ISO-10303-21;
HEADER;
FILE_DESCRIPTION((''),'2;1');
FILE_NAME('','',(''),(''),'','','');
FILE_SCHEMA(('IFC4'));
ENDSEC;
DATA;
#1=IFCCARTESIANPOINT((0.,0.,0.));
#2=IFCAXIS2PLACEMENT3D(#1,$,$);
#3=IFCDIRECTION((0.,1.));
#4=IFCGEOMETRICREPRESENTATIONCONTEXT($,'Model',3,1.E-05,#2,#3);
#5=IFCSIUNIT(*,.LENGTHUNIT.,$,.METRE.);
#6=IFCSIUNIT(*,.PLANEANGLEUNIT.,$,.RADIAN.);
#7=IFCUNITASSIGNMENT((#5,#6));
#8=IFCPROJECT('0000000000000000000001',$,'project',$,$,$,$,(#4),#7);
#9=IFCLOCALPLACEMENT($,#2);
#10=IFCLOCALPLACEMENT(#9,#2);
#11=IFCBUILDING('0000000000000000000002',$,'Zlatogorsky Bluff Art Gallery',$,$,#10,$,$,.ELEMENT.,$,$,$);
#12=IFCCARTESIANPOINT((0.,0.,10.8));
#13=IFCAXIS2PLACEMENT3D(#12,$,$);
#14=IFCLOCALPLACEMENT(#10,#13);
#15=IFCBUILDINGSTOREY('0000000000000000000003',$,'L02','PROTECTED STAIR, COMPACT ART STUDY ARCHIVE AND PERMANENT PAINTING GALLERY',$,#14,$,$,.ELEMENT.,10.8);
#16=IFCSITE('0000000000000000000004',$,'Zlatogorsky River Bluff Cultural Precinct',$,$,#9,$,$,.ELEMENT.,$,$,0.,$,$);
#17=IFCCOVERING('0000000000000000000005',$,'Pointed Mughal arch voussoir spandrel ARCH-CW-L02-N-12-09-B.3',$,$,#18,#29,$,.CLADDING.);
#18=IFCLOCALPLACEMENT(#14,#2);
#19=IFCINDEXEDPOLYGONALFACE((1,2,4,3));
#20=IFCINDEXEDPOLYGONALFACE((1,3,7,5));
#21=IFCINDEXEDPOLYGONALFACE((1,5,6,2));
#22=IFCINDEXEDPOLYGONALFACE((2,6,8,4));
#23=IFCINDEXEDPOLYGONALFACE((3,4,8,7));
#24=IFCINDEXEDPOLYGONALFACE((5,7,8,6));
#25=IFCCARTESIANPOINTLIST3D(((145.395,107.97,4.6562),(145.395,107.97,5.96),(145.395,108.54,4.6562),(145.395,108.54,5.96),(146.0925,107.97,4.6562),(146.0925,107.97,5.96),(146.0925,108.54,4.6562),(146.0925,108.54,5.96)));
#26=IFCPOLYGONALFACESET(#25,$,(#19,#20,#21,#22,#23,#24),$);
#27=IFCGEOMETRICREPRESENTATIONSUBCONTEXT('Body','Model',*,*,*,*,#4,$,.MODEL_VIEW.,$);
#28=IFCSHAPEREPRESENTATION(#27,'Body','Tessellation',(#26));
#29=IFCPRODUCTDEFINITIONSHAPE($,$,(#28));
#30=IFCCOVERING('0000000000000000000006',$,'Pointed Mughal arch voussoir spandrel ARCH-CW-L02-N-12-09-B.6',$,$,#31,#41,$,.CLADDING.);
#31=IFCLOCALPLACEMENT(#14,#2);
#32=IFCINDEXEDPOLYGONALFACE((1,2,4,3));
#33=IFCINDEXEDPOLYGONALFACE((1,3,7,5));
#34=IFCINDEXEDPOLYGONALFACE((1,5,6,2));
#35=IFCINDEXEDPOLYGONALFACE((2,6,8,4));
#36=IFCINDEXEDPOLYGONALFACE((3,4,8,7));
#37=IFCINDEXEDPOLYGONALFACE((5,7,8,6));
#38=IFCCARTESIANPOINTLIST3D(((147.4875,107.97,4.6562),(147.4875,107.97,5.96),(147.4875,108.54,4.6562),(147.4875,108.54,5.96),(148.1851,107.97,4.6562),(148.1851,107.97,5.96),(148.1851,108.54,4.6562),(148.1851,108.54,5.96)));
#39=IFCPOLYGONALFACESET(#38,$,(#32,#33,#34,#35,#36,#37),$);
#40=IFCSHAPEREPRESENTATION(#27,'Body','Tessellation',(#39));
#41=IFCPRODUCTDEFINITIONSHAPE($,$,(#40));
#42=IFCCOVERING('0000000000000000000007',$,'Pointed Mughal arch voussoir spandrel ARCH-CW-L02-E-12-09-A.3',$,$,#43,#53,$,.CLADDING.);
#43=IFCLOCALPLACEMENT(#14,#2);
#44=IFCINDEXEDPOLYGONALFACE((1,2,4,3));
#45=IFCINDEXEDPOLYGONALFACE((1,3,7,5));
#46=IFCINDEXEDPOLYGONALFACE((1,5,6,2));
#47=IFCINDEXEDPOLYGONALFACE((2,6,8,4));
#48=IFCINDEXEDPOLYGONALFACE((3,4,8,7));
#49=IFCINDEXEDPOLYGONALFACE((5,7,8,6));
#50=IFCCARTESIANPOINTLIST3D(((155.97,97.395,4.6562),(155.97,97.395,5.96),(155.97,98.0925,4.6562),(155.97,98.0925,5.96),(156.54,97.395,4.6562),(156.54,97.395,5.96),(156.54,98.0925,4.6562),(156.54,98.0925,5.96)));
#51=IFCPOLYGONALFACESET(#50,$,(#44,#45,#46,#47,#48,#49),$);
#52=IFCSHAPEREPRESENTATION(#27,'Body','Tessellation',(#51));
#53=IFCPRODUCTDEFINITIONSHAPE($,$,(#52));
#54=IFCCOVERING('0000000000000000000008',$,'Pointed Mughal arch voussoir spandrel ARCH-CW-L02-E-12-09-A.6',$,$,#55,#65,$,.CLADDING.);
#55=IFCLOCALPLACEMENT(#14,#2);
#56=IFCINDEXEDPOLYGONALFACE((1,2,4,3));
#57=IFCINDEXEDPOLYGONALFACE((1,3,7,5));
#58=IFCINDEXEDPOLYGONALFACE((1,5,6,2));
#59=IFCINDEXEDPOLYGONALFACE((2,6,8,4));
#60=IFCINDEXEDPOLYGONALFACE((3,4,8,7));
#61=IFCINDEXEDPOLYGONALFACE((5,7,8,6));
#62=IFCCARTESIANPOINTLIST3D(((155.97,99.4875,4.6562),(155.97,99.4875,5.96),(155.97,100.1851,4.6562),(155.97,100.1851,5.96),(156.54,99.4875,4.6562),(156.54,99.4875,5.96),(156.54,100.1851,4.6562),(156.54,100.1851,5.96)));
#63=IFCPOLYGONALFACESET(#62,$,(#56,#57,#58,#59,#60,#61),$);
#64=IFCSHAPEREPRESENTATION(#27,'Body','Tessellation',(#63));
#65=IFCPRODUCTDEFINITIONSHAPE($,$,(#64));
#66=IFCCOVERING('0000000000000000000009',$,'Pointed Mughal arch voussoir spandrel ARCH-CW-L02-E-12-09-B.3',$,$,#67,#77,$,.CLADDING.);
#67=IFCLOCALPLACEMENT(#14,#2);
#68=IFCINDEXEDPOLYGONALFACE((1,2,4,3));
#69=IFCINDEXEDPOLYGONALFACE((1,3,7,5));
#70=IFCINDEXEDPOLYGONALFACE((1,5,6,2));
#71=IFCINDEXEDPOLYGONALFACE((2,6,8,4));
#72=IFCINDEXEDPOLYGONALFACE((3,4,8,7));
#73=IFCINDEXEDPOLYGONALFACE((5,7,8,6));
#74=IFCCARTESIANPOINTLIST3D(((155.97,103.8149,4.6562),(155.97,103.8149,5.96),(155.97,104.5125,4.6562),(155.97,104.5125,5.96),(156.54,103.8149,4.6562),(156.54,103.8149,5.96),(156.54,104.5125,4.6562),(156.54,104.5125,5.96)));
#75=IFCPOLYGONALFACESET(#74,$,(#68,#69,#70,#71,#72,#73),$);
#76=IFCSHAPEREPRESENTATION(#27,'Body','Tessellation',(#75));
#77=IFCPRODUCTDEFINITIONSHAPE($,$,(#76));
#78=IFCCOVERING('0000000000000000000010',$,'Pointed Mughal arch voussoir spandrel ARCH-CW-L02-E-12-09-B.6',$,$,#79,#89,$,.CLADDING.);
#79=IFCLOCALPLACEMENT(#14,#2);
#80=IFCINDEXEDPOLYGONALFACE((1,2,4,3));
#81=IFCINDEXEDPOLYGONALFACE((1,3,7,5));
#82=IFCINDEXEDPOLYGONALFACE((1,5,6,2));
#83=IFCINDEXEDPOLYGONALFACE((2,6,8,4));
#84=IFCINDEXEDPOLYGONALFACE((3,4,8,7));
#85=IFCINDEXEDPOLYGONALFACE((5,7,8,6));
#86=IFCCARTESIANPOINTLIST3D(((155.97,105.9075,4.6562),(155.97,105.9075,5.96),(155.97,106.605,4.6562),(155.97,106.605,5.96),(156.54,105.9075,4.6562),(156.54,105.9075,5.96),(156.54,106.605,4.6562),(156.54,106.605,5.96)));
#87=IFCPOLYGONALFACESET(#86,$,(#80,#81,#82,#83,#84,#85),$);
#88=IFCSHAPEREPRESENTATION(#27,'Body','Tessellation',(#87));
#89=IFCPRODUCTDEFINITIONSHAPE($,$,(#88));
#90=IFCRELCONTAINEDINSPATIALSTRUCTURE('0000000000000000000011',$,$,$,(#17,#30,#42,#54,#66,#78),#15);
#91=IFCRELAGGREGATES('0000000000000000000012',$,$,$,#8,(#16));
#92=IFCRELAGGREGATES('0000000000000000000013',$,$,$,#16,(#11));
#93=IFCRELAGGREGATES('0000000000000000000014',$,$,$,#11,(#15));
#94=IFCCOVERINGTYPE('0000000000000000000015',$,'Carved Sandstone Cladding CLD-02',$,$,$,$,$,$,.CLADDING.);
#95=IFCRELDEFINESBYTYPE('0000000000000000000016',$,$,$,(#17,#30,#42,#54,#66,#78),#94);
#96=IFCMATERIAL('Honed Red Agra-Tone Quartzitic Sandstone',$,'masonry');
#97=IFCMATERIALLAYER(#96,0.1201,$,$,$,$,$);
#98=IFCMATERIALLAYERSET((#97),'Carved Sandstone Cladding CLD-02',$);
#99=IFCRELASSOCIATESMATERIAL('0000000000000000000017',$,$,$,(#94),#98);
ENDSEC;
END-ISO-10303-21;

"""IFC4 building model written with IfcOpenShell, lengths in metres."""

from ifc_helpers import new_model, si_unit, direction, frame, origin, place, context, subcontext, project, spatial, polyline, outline, extrude, material, layer, layer_set, type_object, element, save


model = new_model("IFC4")

# Units and contexts
model_context = context("Model", 3, precision=1e-05, world=origin(), true_north=direction((0.0, 1.0)))
body_context = subcontext(model_context, "Body", "Model", "MODEL_VIEW")
ifc_project = project(units=[si_unit("LENGTHUNIT", "METRE"), si_unit("PLANEANGLEUNIT", "RADIAN")], contexts=[model_context])

# Site, building, storey
site_placement = place(None, origin())
site = spatial("IfcSite", under=ifc_project, at=site_placement, Name="Zlatogorsky River Bluff Cultural Precinct", CompositionType="ELEMENT", RefElevation=0.0)
building_placement = place(site_placement, origin())
building = spatial("IfcBuilding", under=site, at=building_placement, Name="Zlatogorsky Bluff Art Gallery", CompositionType="ELEMENT")
storey_placement = place(building_placement, frame((0.0, 0.0, 10.8)))
storey = spatial("IfcBuildingStorey", under=building, at=storey_placement, Name="L02", Description="PROTECTED STAIR, COMPACT ART STUDY ARCHIVE AND PERMANENT PAINTING GALLERY", CompositionType="ELEMENT", Elevation=10.8)

# Coverings
ifc_material = material(Name="Honed Red Agra-Tone Quartzitic Sandstone", Category="masonry")
ifc_layer = layer(ifc_material, 0.1201)
ifc_layer_set = layer_set([ifc_layer], Name="Carved Sandstone Cladding CLD-02")
covering_type = type_object("IfcCoveringType", Name="Carved Sandstone Cladding CLD-02", PredefinedType="CLADDING", material=ifc_layer_set)
covering_1_placement = place(storey_placement, frame((0.0, 0.0, 4.6562)))
element("IfcCovering", 1, at=covering_1_placement, inside=storey, type_object=covering_type, Name="Pointed Mughal arch voussoir spandrel ARCH-CW-L02-N-12-09-B.3", PredefinedType="CLADDING", context=body_context, shape_type="SweptSolid", body=[
    extrude(outline(polyline([(145.395, 107.97), (146.0925, 107.97), (146.0925, 108.54), (145.395, 108.54), (145.395, 107.97)])), origin(), (0.0, 0.0, 1.0), 1.3037),
])
covering_2_placement = place(storey_placement, frame((0.0, 0.0, 4.6562)))
element("IfcCovering", 2, at=covering_2_placement, inside=storey, type_object=covering_type, Name="Pointed Mughal arch voussoir spandrel ARCH-CW-L02-N-12-09-B.6", PredefinedType="CLADDING", context=body_context, shape_type="SweptSolid", body=[
    extrude(outline(polyline([(147.4875, 107.97), (148.1851, 107.97), (148.1851, 108.54), (147.4875, 108.54), (147.4875, 107.97)])), origin(), (0.0, 0.0, 1.0), 1.3037),
])
covering_3_placement = place(storey_placement, frame((0.0, 0.0, 4.6562)))
element("IfcCovering", 3, at=covering_3_placement, inside=storey, type_object=covering_type, Name="Pointed Mughal arch voussoir spandrel ARCH-CW-L02-E-12-09-A.3", PredefinedType="CLADDING", context=body_context, shape_type="SweptSolid", body=[
    extrude(outline(polyline([(155.97, 97.395), (155.97, 98.0925), (156.54, 98.0925), (156.54, 97.395), (155.97, 97.395)])), origin(), (0.0, 0.0, 1.0), 1.3037),
])
covering_4_placement = place(storey_placement, frame((0.0, 0.0, 4.6562)))
element("IfcCovering", 4, at=covering_4_placement, inside=storey, type_object=covering_type, Name="Pointed Mughal arch voussoir spandrel ARCH-CW-L02-E-12-09-A.6", PredefinedType="CLADDING", context=body_context, shape_type="SweptSolid", body=[
    extrude(outline(polyline([(155.97, 99.4875), (155.97, 100.1851), (156.54, 100.1851), (156.54, 99.4875), (155.97, 99.4875)])), origin(), (0.0, 0.0, 1.0), 1.3037),
])
covering_5_placement = place(storey_placement, frame((0.0, 0.0, 4.6562)))
element("IfcCovering", 5, at=covering_5_placement, inside=storey, type_object=covering_type, Name="Pointed Mughal arch voussoir spandrel ARCH-CW-L02-E-12-09-B.3", PredefinedType="CLADDING", context=body_context, shape_type="SweptSolid", body=[
    extrude(outline(polyline([(155.97, 103.8149), (155.97, 104.5125), (156.54, 104.5125), (156.54, 103.8149), (155.97, 103.8149)])), origin(), (0.0, 0.0, 1.0), 1.3037),
])
covering_6_placement = place(storey_placement, frame((0.0, 0.0, 4.6562)))
element("IfcCovering", 6, at=covering_6_placement, inside=storey, type_object=covering_type, Name="Pointed Mughal arch voussoir spandrel ARCH-CW-L02-E-12-09-B.6", PredefinedType="CLADDING", context=body_context, shape_type="SweptSolid", body=[
    extrude(outline(polyline([(155.97, 105.9075), (155.97, 106.605), (156.54, 106.605), (156.54, 105.9075), (155.97, 105.9075)])), origin(), (0.0, 0.0, 1.0), 1.3037),
])

save(model, "model.ifc")
